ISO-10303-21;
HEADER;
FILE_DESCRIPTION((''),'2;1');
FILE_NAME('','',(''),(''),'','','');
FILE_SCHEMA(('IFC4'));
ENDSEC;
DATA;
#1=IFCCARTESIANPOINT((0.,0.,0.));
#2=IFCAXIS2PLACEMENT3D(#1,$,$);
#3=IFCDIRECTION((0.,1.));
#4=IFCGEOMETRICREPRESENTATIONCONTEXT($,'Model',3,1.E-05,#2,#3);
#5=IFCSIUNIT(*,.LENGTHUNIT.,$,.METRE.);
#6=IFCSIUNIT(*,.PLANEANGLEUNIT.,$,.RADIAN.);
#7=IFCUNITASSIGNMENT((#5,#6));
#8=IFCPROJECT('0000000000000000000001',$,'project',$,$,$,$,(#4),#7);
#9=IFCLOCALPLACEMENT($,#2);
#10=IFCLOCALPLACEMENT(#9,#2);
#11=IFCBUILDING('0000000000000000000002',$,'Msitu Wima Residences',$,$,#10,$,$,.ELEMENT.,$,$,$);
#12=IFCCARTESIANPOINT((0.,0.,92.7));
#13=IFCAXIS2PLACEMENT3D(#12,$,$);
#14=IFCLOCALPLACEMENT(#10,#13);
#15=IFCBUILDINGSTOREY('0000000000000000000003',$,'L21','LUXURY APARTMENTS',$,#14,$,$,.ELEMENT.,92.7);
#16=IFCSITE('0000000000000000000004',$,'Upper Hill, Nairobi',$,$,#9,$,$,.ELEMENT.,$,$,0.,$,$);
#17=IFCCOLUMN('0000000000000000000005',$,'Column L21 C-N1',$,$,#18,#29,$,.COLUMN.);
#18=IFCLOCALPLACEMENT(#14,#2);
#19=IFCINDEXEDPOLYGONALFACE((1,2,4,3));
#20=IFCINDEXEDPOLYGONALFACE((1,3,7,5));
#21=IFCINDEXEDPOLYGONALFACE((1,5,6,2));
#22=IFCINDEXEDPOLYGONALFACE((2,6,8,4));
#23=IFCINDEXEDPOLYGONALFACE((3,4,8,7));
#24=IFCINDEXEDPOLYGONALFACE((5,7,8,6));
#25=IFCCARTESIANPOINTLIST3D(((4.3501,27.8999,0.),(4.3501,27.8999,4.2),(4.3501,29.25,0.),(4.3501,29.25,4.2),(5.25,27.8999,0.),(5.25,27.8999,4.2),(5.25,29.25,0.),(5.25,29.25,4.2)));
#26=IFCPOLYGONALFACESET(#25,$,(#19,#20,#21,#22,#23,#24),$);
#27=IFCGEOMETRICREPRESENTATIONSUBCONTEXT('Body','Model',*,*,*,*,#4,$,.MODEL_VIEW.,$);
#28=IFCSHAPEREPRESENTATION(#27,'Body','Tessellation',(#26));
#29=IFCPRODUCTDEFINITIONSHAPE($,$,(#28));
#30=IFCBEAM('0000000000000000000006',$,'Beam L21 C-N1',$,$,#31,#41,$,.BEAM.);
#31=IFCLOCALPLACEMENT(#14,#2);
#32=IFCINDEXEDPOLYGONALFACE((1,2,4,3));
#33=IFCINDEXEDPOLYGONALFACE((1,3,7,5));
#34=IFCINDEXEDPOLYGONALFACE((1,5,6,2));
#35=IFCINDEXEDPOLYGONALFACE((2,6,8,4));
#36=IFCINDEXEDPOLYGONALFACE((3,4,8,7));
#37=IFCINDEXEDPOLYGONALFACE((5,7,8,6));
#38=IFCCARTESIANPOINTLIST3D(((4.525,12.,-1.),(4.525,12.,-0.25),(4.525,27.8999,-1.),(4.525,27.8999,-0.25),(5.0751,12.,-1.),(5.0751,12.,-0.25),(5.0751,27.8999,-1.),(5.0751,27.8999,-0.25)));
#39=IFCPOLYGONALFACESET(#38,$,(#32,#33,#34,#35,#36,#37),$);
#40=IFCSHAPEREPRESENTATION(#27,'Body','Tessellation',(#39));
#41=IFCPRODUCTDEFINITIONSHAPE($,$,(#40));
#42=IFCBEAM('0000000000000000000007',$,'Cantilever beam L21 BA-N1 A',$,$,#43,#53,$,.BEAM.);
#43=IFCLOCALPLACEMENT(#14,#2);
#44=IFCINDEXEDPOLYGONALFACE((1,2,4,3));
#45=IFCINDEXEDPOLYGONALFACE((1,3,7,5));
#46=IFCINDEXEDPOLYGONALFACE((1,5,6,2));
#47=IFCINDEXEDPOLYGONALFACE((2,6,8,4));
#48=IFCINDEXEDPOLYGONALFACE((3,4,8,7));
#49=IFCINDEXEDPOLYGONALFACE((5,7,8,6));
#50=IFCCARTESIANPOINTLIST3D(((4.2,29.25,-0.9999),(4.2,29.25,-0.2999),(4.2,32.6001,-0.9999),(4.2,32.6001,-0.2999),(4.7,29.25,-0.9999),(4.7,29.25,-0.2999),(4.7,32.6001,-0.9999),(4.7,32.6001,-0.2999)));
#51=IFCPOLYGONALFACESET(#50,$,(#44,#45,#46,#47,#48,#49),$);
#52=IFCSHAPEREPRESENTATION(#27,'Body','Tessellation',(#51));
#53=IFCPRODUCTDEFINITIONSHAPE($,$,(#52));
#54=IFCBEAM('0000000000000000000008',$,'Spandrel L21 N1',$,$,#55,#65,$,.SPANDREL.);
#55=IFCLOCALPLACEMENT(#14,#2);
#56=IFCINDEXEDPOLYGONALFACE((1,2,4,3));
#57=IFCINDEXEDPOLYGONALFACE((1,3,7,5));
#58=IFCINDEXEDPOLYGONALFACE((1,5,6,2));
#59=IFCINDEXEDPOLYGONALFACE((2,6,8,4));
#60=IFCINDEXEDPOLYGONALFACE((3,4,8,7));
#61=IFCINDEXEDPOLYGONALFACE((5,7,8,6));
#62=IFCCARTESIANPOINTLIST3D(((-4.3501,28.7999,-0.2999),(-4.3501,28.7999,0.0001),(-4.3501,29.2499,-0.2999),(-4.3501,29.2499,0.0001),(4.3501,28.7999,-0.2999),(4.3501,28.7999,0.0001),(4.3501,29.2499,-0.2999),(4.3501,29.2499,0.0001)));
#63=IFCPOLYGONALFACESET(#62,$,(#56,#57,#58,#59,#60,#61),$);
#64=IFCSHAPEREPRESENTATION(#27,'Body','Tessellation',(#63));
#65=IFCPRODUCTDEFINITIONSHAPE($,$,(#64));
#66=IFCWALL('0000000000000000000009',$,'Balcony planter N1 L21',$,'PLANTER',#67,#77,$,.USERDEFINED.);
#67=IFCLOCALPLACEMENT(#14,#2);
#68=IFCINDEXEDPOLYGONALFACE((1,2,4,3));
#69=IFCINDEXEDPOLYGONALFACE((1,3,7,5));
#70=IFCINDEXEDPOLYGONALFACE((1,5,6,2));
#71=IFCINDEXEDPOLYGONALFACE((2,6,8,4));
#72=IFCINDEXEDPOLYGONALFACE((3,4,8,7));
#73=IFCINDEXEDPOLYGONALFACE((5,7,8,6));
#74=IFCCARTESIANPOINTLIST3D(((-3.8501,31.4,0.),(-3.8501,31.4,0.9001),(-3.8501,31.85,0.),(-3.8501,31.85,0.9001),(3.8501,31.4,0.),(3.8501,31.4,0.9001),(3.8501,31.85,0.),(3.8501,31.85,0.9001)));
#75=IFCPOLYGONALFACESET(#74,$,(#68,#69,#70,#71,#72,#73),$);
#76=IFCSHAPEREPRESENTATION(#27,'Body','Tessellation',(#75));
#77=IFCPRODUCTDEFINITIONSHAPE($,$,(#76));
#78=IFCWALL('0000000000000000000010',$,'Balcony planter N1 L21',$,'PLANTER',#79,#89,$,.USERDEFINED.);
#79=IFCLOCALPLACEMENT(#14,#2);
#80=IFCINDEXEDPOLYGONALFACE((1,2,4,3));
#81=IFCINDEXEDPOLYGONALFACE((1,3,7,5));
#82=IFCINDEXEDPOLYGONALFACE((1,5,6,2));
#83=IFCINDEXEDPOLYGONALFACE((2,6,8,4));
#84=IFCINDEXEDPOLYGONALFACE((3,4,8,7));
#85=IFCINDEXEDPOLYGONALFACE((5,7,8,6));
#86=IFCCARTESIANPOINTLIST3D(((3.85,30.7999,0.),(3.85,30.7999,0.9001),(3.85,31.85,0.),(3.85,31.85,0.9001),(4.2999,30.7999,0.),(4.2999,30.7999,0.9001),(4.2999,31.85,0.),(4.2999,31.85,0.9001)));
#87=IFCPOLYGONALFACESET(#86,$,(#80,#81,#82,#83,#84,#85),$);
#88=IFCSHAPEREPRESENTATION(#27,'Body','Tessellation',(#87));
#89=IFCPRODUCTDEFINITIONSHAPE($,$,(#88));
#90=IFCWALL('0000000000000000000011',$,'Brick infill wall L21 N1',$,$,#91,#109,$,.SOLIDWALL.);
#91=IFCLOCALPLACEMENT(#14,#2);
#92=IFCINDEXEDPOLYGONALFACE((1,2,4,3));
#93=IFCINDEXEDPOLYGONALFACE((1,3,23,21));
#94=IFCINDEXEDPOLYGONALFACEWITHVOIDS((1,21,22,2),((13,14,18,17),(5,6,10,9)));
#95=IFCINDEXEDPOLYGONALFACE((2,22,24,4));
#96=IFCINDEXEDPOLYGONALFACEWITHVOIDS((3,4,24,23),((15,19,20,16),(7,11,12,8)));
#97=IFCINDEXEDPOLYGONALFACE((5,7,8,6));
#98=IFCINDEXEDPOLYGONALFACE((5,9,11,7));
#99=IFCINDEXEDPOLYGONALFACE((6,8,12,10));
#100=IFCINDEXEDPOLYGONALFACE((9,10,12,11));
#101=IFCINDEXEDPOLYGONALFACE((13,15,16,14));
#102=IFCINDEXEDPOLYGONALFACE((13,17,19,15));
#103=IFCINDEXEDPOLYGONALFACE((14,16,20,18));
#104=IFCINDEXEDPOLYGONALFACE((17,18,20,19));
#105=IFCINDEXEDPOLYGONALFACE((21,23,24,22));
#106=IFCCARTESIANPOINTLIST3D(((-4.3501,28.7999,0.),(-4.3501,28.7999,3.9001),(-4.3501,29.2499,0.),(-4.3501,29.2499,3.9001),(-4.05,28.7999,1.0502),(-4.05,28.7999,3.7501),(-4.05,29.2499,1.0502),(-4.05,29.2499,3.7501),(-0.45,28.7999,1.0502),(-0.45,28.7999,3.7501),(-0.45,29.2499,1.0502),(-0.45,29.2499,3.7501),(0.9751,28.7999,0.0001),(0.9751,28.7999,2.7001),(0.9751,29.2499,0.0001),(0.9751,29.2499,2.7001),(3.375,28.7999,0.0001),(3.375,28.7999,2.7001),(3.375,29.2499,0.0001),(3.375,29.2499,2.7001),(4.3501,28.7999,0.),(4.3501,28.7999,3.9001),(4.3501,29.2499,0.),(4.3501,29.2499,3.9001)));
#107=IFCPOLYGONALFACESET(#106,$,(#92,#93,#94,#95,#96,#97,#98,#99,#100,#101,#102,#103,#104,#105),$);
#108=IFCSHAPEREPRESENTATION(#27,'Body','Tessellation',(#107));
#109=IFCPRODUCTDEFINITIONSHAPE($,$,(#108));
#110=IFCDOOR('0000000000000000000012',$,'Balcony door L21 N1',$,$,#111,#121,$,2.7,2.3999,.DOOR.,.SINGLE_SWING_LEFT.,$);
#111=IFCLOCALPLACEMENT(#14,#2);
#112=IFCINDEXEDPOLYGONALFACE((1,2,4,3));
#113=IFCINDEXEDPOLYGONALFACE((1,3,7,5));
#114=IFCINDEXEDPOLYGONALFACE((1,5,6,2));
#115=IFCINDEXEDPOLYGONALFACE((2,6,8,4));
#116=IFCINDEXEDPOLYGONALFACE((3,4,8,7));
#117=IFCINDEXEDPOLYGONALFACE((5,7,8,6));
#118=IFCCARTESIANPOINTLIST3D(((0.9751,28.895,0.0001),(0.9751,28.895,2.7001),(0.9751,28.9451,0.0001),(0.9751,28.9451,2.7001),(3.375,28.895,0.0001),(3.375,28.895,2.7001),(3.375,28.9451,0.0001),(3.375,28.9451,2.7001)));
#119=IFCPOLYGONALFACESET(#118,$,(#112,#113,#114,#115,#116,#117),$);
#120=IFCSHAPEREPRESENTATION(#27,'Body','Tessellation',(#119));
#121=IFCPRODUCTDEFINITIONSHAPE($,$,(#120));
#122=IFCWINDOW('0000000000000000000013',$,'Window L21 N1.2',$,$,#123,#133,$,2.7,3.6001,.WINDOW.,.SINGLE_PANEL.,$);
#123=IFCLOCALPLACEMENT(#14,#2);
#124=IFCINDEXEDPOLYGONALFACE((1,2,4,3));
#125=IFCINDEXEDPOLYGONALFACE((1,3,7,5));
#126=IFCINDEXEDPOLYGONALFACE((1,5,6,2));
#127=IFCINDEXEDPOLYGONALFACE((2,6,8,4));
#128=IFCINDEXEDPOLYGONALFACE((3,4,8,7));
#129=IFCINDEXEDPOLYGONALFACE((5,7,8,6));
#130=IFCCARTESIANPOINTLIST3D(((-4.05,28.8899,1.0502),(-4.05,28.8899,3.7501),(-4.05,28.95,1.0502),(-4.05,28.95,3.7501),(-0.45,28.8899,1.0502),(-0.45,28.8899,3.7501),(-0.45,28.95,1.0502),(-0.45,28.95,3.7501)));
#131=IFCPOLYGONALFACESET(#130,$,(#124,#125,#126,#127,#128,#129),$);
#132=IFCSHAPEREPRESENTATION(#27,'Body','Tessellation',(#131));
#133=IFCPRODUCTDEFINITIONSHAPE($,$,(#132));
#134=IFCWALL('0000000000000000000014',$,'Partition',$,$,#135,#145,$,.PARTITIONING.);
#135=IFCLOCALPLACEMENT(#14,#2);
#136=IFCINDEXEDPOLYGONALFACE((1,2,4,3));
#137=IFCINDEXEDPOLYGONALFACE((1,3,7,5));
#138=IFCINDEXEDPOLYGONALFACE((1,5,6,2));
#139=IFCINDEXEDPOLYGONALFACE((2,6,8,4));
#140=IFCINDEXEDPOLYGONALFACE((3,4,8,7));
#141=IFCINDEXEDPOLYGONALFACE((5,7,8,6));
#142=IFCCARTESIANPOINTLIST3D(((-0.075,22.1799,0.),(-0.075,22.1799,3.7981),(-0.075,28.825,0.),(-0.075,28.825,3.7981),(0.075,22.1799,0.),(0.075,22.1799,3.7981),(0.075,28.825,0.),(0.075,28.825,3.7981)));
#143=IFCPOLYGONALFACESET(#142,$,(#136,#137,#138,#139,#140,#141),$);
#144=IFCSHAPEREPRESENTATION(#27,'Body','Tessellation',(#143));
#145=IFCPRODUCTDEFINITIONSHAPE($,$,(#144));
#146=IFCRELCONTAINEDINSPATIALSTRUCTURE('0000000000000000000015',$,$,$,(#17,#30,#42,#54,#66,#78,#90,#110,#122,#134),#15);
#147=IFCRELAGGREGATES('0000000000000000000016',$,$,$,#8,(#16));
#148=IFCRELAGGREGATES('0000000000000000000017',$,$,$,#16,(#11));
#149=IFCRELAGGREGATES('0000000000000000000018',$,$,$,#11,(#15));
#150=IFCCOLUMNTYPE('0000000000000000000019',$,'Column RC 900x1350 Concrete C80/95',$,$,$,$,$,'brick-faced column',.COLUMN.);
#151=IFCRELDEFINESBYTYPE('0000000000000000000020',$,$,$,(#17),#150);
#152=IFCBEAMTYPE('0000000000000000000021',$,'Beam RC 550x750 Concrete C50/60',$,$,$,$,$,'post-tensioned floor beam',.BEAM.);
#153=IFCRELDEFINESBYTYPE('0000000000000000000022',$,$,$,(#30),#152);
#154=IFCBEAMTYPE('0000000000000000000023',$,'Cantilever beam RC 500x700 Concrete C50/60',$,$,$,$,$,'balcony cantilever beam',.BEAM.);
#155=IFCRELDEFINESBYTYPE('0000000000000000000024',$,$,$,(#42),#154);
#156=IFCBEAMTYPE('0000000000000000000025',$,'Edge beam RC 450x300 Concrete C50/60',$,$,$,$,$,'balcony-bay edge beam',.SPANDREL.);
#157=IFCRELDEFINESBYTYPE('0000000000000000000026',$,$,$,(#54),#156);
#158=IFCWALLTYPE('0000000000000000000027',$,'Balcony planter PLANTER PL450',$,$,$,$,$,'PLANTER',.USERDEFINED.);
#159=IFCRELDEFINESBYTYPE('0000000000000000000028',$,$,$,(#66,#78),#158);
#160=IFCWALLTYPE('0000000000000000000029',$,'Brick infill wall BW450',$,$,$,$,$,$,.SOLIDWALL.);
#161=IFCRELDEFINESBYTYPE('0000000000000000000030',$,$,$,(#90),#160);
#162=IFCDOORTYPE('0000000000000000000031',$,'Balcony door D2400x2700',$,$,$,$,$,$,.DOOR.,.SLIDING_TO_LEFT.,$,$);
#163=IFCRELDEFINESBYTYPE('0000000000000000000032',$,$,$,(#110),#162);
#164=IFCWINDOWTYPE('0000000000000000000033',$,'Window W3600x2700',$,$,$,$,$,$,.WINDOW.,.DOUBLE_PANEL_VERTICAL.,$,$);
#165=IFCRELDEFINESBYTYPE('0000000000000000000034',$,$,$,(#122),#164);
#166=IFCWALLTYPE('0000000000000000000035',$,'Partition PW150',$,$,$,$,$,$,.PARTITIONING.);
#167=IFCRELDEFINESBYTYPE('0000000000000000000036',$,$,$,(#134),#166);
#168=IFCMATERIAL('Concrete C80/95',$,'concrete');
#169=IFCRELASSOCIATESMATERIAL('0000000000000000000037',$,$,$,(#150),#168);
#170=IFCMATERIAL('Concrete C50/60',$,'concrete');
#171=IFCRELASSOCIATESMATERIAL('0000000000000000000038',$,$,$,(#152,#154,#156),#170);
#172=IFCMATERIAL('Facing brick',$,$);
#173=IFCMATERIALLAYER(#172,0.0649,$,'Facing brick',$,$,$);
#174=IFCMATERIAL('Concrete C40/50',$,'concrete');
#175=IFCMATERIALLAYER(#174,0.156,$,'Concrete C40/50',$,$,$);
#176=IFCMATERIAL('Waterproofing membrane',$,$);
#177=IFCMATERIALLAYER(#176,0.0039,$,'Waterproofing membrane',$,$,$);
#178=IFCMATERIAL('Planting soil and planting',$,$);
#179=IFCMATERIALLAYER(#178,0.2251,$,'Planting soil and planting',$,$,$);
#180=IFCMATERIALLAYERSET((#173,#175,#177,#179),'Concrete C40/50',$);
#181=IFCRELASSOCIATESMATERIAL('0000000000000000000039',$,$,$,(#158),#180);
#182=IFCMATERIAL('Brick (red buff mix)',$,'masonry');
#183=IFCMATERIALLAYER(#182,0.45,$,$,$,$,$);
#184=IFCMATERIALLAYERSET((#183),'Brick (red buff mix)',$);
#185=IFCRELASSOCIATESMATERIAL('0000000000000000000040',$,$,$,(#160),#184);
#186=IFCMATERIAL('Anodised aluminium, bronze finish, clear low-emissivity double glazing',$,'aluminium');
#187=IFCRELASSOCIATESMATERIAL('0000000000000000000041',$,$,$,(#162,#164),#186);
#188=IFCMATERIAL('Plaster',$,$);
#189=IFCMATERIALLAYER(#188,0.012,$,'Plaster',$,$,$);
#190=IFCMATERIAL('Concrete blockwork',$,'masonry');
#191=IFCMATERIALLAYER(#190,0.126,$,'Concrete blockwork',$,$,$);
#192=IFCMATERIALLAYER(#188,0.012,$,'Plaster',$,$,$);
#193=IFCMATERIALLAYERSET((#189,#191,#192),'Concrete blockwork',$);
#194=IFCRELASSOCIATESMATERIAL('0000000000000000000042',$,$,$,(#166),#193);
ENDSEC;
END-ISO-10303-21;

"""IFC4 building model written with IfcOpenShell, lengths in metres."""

from ifc_helpers import new_model, si_unit, direction, frame, frame_2d, origin, origin_2d, place, context, subcontext, project, spatial, rectangle, extrude, material, layer, layer_set, material_profile, profile_set, type_object, element, fill, save


model = new_model("IFC4")

# Units and contexts
model_context = context("Model", 3, precision=1e-05, world=origin(), true_north=direction((0.0, 1.0)))
body_context = subcontext(model_context, "Body", "Model", "MODEL_VIEW")
ifc_project = project(units=[si_unit("LENGTHUNIT", "METRE"), si_unit("PLANEANGLEUNIT", "RADIAN")], contexts=[model_context])

# Site, building, storey
site_placement = place(None, origin())
site = spatial("IfcSite", under=ifc_project, at=site_placement, Name="Upper Hill, Nairobi", CompositionType="ELEMENT", RefElevation=0.0)
building_placement = place(site_placement, origin())
building = spatial("IfcBuilding", under=site, at=building_placement, Name="Msitu Wima Residences", CompositionType="ELEMENT")
storey_placement = place(building_placement, frame((0.0, 0.0, 92.7)))
storey = spatial("IfcBuildingStorey", under=building, at=storey_placement, Name="L21", Description="LUXURY APARTMENTS", CompositionType="ELEMENT", Elevation=92.7)

# Column
ifc_material_1 = material(Name="Concrete C80/95", Category="concrete")
ifc_material_profile_1 = material_profile(ifc_material_1, rectangle(XDim=0.8999, YDim=1.3501, at=origin_2d()), Name="RC 900x1350")
ifc_profile_set_1 = profile_set([ifc_material_profile_1], Name="Concrete C80/95")
column_type = type_object("IfcColumnType", Name="Column RC 900x1350 Concrete C80/95", ElementType="brick-faced column", PredefinedType="COLUMN", material=ifc_profile_set_1)
column_placement = place(storey_placement, frame((4.8, 28.575, 0.0), z_axis=(0.0, 0.0, 1.0), x_axis=(-1.0, 0.0, 0.0)))
element("IfcColumn", 1, at=column_placement, inside=storey, type_object=column_type, Name="Column L21 C-N1", PredefinedType="COLUMN", context=body_context, shape_type="SweptSolid", body=[
    extrude(rectangle(XDim=0.8999, YDim=1.3501, at=origin_2d()), origin(), (0.0, 0.0, 1.0), 4.2),
])

# Beams
ifc_material_2 = material(Name="Concrete C50/60", Category="concrete")
ifc_material_profile_2 = material_profile(ifc_material_2, rectangle(XDim=0.55, YDim=0.75, at=origin_2d()), Name="RC 550x750")
ifc_profile_set_2 = profile_set([ifc_material_profile_2], Name="Concrete C50/60")
beam_type_1 = type_object("IfcBeamType", Name="Beam RC 550x750 Concrete C50/60", ElementType="post-tensioned floor beam", PredefinedType="BEAM", material=ifc_profile_set_2)
beam_1_placement = place(storey_placement, frame((4.8, 27.8999, -0.625), z_axis=(0.0, -1.0, 0.0), x_axis=(1.0, 0.0, 0.0)))
element("IfcBeam", 2, at=beam_1_placement, inside=storey, type_object=beam_type_1, Name="Beam L21 C-N1", PredefinedType="BEAM", context=body_context, shape_type="SweptSolid", body=[
    extrude(rectangle(XDim=0.55, YDim=0.75, at=origin_2d()), origin(), (0.0, 0.0, 1.0), 15.8999),
])
ifc_material_profile_3 = material_profile(ifc_material_2, rectangle(XDim=0.5, YDim=0.7, at=origin_2d()), Name="RC 500x700")
ifc_profile_set_3 = profile_set([ifc_material_profile_3], Name="Concrete C50/60")
beam_type_2 = type_object("IfcBeamType", Name="Cantilever beam RC 500x700 Concrete C50/60", ElementType="balcony cantilever beam", PredefinedType="BEAM", material=ifc_profile_set_3)
beam_2_placement = place(storey_placement, frame((4.45, 29.25, -0.6499), z_axis=(0.0, 1.0, 0.0), x_axis=(-1.0, 0.0, 0.0)))
element("IfcBeam", 3, at=beam_2_placement, inside=storey, type_object=beam_type_2, Name="Cantilever beam L21 BA-N1 A", PredefinedType="BEAM", context=body_context, shape_type="SweptSolid", body=[
    extrude(rectangle(XDim=0.5, YDim=0.7, at=origin_2d()), origin(), (0.0, 0.0, 1.0), 3.3501),
])
ifc_material_profile_4 = material_profile(ifc_material_2, rectangle(XDim=0.45, YDim=0.3, at=origin_2d()), Name="RC 450x300")
ifc_profile_set_4 = profile_set([ifc_material_profile_4], Name="Concrete C50/60")
beam_type_3 = type_object("IfcBeamType", Name="Edge beam RC 450x300 Concrete C50/60", ElementType="balcony-bay edge beam", PredefinedType="SPANDREL", material=ifc_profile_set_4)
beam_3_placement = place(storey_placement, frame((4.3501, 29.0249, -0.1499), z_axis=(-1.0, 0.0, 0.0), x_axis=(0.0, -1.0, 0.0)))
element("IfcBeam", 4, at=beam_3_placement, inside=storey, type_object=beam_type_3, Name="Spandrel L21 N1", PredefinedType="SPANDREL", context=body_context, shape_type="SweptSolid", body=[
    extrude(rectangle(XDim=0.45, YDim=0.3, at=origin_2d()), origin(), (0.0, 0.0, 1.0), 8.7002),
])

# Walls
ifc_material_3 = material(Name="Facing brick")
ifc_layer_1 = layer(ifc_material_3, 0.0649, Name="Facing brick")
ifc_material_4 = material(Name="Concrete C40/50", Category="concrete")
ifc_layer_2 = layer(ifc_material_4, 0.156, Name="Concrete C40/50")
ifc_material_5 = material(Name="Waterproofing membrane")
ifc_layer_3 = layer(ifc_material_5, 0.0039, Name="Waterproofing membrane")
ifc_material_6 = material(Name="Planting soil and planting")
ifc_layer_4 = layer(ifc_material_6, 0.2251, Name="Planting soil and planting")
ifc_layer_set_1 = layer_set([ifc_layer_1, ifc_layer_2, ifc_layer_3, ifc_layer_4], Name="Concrete C40/50")
wall_type_1 = type_object("IfcWallType", Name="Balcony planter PLANTER PL450", ElementType="PLANTER", PredefinedType="USERDEFINED", material=ifc_layer_set_1)
wall_1_placement = place(storey_placement, frame((3.8501, 31.625, 0.0), z_axis=(0.0, 0.0, 1.0), x_axis=(-1.0, 0.0, 0.0)))
element("IfcWall", 5, at=wall_1_placement, inside=storey, type_object=wall_type_1, Name="Balcony planter N1 L21", ObjectType="PLANTER", PredefinedType="USERDEFINED", context=body_context, shape_type="SweptSolid", body=[
    extrude(rectangle(XDim=7.7002, YDim=0.45, at=frame_2d((3.8501, 0.0))), origin(), (0.0, 0.0, 1.0), 0.9001),
])
wall_2_placement = place(storey_placement, frame((4.075, 30.8, 0.0), z_axis=(0.0, 0.0, 1.0), x_axis=(0.0, 1.0, 0.0)))
element("IfcWall", 6, at=wall_2_placement, inside=storey, type_object=wall_type_1, Name="Balcony planter N1 L21", ObjectType="PLANTER", PredefinedType="USERDEFINED", context=body_context, shape_type="SweptSolid", body=[
    extrude(rectangle(XDim=1.05, YDim=0.45, at=frame_2d((0.5249, 0.0))), origin(), (0.0, 0.0, 1.0), 0.9001),
])

# Wall, openings, door, window
ifc_material_7 = material(Name="Brick (red buff mix)", Category="masonry")
ifc_layer_5 = layer(ifc_material_7, 0.45)
ifc_layer_set_2 = layer_set([ifc_layer_5], Name="Brick (red buff mix)")
wall_type_2 = type_object("IfcWallType", Name="Brick infill wall BW450", PredefinedType="SOLIDWALL", material=ifc_layer_set_2)
wall_3_placement = place(storey_placement, frame((4.3501, 29.0249, 0.0), z_axis=(0.0, 0.0, 1.0), x_axis=(-1.0, 0.0, 0.0)))
wall_3 = element("IfcWall", 7, at=wall_3_placement, inside=storey, type_object=wall_type_2, Name="Brick infill wall L21 N1", PredefinedType="SOLIDWALL", context=body_context, shape_type="SweptSolid", body=[
    extrude(rectangle(XDim=8.7002, YDim=0.45, at=frame_2d((4.3501, 0.0))), origin(), (0.0, 0.0, 1.0), 3.9001),
])
opening_1_placement = place(wall_3_placement, frame((0.9751, 0.0, 0.0)))
opening_1 = element("IfcOpeningElement", 8, at=opening_1_placement, cuts=wall_3, PredefinedType="OPENING", context=body_context, shape_type="SweptSolid", body=[
    extrude(rectangle(XDim=2.3999, YDim=2.7, at=frame_2d((1.2, 1.3501))), frame((0.0, 0.2349, 0.0), z_axis=(0.0, -1.0, 0.0), x_axis=(1.0, 0.0, 0.0)), (0.0, 0.0, 1.0), 0.47),
])
opening_2_placement = place(wall_3_placement, frame((4.8, 0.0, 1.05)))
opening_2 = element("IfcOpeningElement", 9, at=opening_2_placement, cuts=wall_3, PredefinedType="OPENING", context=body_context, shape_type="SweptSolid", body=[
    extrude(rectangle(XDim=3.6001, YDim=2.7, at=frame_2d((1.8, 1.3501))), frame((0.0, 0.2349, 0.0), z_axis=(0.0, -1.0, 0.0), x_axis=(1.0, 0.0, 0.0)), (0.0, 0.0, 1.0), 0.47),
])
ifc_material_8 = material(Name="Anodised aluminium, bronze finish, clear low-emissivity double glazing", Category="aluminium")
door_type_1 = type_object("IfcDoorType", Name="Balcony door D2400x2700", OperationType="SLIDING_TO_LEFT", PredefinedType="DOOR", material=ifc_material_8)
door_1_placement = place(opening_1_placement, origin())
door_1 = element("IfcDoor", 10, at=door_1_placement, inside=storey, type_object=door_type_1, Name="Balcony door L21 N1", OperationType="SINGLE_SWING_LEFT", OverallHeight=2.7, OverallWidth=2.3999, PredefinedType="DOOR", context=body_context, shape_type="SweptSolid", body=[
    extrude(rectangle(XDim=2.3999, YDim=2.7, at=frame_2d((1.2, 1.3501))), frame((0.0, 0.1299, 0.0), z_axis=(0.0, -1.0, 0.0), x_axis=(1.0, 0.0, 0.0)), (0.0, 0.0, 1.0), 0.05),
])
fill(opening_1, door_1)
window_type = type_object("IfcWindowType", Name="Window W3600x2700", PartitioningType="DOUBLE_PANEL_VERTICAL", PredefinedType="WINDOW", material=ifc_material_8)
window_placement = place(opening_2_placement, origin())
window = element("IfcWindow", 11, at=window_placement, inside=storey, type_object=window_type, Name="Window L21 N1.2", OverallHeight=2.7, OverallWidth=3.6001, PartitioningType="SINGLE_PANEL", PredefinedType="WINDOW", context=body_context, shape_type="SweptSolid", body=[
    extrude(rectangle(XDim=3.6001, YDim=2.7, at=frame_2d((1.8, 1.3501))), frame((0.0, 0.135, 0.0), z_axis=(0.0, -1.0, 0.0), x_axis=(1.0, 0.0, 0.0)), (0.0, 0.0, 1.0), 0.0601),
])
fill(opening_2, window)

# Wall
ifc_material_9 = material(Name="Plaster")
ifc_layer_6 = layer(ifc_material_9, 0.012, Name="Plaster")
ifc_material_10 = material(Name="Concrete blockwork", Category="masonry")
ifc_layer_7 = layer(ifc_material_10, 0.126, Name="Concrete blockwork")
ifc_layer_8 = layer(ifc_material_9, 0.012, Name="Plaster")
ifc_layer_set_3 = layer_set([ifc_layer_6, ifc_layer_7, ifc_layer_8], Name="Concrete blockwork")
wall_type_3 = type_object("IfcWallType", Name="Partition PW150", PredefinedType="PARTITIONING", material=ifc_layer_set_3)
wall_4_placement = place(storey_placement, frame((0.0, 22.1799, 0.0), z_axis=(0.0, 0.0, 1.0), x_axis=(0.0, 1.0, 0.0)))
element("IfcWall", 12, at=wall_4_placement, inside=storey, type_object=wall_type_3, Name="Partition", PredefinedType="PARTITIONING", context=body_context, shape_type="SweptSolid", body=[
    extrude(rectangle(XDim=6.645, YDim=0.1499, at=frame_2d((3.3225, 0.0))), origin(), (0.0, 0.0, 1.0), 3.7981),
])

save(model, "model.ifc")
